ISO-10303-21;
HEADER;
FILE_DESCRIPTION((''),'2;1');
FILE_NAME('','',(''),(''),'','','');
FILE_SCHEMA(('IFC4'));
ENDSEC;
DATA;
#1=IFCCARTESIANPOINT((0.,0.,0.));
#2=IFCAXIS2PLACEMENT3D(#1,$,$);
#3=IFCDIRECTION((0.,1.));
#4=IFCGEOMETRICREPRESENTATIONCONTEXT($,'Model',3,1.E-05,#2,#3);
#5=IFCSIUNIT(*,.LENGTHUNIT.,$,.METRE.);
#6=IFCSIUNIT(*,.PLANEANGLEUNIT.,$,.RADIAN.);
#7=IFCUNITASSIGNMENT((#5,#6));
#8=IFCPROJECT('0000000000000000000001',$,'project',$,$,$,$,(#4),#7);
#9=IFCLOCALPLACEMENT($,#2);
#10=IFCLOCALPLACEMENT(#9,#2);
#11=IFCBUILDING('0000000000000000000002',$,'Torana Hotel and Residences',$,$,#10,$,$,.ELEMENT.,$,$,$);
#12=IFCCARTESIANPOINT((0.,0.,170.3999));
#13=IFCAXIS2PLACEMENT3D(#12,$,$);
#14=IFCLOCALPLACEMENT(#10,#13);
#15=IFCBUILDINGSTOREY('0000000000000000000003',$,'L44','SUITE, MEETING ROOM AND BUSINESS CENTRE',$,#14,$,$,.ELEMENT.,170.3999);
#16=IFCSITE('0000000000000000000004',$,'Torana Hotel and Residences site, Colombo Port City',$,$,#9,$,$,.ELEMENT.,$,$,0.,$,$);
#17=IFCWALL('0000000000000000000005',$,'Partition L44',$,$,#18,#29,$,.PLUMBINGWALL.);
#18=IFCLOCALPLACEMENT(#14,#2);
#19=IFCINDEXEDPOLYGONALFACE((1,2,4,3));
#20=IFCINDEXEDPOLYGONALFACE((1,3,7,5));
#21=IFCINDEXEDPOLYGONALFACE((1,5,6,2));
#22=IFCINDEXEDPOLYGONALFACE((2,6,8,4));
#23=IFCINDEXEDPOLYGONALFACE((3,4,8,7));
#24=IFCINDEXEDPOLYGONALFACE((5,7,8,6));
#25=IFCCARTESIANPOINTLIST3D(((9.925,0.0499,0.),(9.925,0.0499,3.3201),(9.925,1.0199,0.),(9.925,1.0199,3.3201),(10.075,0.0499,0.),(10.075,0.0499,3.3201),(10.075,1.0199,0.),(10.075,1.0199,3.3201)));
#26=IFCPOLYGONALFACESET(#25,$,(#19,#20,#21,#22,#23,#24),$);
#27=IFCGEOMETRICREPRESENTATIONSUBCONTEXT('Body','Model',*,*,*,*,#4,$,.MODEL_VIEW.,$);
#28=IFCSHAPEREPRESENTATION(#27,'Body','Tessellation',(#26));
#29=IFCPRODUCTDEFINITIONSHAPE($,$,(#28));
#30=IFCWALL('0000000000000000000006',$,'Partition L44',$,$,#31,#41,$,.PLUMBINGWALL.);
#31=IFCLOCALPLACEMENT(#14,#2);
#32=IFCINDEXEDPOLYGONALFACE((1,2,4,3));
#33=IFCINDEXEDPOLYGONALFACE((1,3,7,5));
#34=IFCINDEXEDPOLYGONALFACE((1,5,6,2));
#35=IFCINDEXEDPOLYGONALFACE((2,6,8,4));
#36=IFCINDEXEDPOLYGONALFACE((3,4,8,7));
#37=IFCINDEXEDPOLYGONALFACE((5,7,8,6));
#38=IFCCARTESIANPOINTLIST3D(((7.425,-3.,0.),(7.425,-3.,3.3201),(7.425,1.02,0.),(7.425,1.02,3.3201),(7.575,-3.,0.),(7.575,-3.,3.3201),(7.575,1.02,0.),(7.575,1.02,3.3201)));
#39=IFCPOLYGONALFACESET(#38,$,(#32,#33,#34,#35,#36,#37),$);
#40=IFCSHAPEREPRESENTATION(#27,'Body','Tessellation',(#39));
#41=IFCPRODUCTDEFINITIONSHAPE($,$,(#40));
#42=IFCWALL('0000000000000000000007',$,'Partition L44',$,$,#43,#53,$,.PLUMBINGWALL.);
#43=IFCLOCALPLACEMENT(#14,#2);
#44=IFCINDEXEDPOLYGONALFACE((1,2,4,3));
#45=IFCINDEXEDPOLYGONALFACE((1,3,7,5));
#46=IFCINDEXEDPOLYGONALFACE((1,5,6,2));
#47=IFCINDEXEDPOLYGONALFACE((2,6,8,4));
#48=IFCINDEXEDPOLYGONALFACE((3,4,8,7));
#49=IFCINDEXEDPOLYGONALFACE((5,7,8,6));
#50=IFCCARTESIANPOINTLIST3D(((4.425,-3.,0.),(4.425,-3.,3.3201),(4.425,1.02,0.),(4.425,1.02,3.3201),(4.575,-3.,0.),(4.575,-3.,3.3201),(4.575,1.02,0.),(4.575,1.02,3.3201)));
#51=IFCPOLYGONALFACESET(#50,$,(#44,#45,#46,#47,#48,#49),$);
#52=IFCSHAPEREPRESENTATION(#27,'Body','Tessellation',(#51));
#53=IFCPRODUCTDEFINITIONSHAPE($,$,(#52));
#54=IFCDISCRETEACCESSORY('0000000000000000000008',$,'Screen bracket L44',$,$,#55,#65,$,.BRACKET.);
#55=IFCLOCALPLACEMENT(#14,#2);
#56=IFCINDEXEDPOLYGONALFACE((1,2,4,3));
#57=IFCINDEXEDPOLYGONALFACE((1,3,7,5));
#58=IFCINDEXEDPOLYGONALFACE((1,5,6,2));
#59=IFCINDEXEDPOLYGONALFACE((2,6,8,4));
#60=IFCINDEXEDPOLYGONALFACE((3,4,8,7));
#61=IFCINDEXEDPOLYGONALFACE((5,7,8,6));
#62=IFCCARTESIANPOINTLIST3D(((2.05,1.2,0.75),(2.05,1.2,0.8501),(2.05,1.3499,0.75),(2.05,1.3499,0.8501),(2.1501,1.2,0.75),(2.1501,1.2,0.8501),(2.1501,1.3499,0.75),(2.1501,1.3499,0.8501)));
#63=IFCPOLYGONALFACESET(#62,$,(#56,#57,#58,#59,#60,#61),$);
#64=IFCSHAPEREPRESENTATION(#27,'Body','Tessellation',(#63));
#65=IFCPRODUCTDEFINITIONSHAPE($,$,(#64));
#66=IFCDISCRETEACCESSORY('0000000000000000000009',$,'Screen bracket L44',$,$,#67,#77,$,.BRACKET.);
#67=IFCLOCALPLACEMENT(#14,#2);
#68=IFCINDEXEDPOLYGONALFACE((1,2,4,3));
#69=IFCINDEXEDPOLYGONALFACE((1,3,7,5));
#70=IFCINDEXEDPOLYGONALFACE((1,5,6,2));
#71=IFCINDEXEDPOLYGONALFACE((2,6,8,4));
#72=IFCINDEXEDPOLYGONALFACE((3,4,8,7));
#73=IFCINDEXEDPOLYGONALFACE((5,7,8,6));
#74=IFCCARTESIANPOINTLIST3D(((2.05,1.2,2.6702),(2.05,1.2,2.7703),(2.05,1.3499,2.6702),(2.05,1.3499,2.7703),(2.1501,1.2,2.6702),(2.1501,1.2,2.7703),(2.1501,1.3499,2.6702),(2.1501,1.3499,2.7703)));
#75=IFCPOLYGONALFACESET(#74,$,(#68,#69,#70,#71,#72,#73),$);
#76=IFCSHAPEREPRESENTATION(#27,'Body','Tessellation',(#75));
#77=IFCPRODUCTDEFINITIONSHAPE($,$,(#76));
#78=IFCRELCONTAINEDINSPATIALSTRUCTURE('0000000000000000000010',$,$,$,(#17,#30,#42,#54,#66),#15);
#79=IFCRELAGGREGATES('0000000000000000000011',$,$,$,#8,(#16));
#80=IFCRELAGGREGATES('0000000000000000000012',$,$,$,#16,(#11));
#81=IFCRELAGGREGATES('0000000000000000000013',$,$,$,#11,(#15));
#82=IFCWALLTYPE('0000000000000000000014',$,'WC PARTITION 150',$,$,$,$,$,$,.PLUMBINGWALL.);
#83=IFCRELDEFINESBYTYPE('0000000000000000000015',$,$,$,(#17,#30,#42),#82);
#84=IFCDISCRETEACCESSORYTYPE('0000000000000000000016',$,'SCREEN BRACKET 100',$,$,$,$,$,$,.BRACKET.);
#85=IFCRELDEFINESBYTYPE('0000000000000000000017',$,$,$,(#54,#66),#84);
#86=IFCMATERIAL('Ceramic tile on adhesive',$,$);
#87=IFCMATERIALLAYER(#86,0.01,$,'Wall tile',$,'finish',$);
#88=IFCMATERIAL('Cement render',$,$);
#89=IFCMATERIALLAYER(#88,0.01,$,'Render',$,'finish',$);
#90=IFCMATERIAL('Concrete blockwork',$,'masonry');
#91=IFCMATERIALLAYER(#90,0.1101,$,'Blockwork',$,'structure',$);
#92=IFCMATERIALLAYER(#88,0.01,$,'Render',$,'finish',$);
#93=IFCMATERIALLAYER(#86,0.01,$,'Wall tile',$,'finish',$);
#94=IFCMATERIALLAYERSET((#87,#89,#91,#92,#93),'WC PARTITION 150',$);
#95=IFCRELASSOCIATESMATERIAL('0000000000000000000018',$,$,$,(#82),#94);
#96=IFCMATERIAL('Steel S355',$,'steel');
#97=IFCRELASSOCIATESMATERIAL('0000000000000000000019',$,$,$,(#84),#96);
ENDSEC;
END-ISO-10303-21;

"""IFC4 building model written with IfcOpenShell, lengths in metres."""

from ifc_helpers import new_model, si_unit, direction, frame, frame_2d, origin, origin_2d, place, context, subcontext, project, spatial, rectangle, extrude, material, layer, layer_set, type_object, element, save


model = new_model("IFC4")

# Units and contexts
model_context = context("Model", 3, precision=1e-05, world=origin(), true_north=direction((0.0, 1.0)))
body_context = subcontext(model_context, "Body", "Model", "MODEL_VIEW")
ifc_project = project(units=[si_unit("LENGTHUNIT", "METRE"), si_unit("PLANEANGLEUNIT", "RADIAN")], contexts=[model_context])

# Site, building, storey
site_placement = place(None, origin())
site = spatial("IfcSite", under=ifc_project, at=site_placement, Name="Torana Hotel and Residences site, Colombo Port City", CompositionType="ELEMENT", RefElevation=0.0)
building_placement = place(site_placement, origin())
building = spatial("IfcBuilding", under=site, at=building_placement, Name="Torana Hotel and Residences", CompositionType="ELEMENT")
storey_placement = place(building_placement, frame((0.0, 0.0, 170.3999)))
storey = spatial("IfcBuildingStorey", under=building, at=storey_placement, Name="L44", Description="SUITE, MEETING ROOM AND BUSINESS CENTRE", CompositionType="ELEMENT", Elevation=170.3999)

# Walls
ifc_material_1 = material(Name="Ceramic tile on adhesive")
ifc_layer_1 = layer(ifc_material_1, 0.01, Name="Wall tile", Category="finish")
ifc_material_2 = material(Name="Cement render")
ifc_layer_2 = layer(ifc_material_2, 0.01, Name="Render", Category="finish")
ifc_material_3 = material(Name="Concrete blockwork", Category="masonry")
ifc_layer_3 = layer(ifc_material_3, 0.1101, Name="Blockwork", Category="structure")
ifc_layer_4 = layer(ifc_material_2, 0.01, Name="Render", Category="finish")
ifc_layer_5 = layer(ifc_material_1, 0.01, Name="Wall tile", Category="finish")
ifc_layer_set_1 = layer_set([ifc_layer_1, ifc_layer_2, ifc_layer_3, ifc_layer_4, ifc_layer_5], Name="WC PARTITION 150")
wall_type_1 = type_object("IfcWallType", Name="WC PARTITION 150", PredefinedType="PLUMBINGWALL", material=ifc_layer_set_1)
wall_1_placement = place(storey_placement, frame((10.0, 0.05, 0.0), z_axis=(0.0, 0.0, 1.0), x_axis=(0.0, 1.0, 0.0)))
element("IfcWall", 1, at=wall_1_placement, inside=storey, type_object=wall_type_1, Name="Partition L44", PredefinedType="PLUMBINGWALL", context=body_context, shape_type="SweptSolid", body=[
    extrude(rectangle(XDim=0.97, YDim=0.1499, at=frame_2d((0.4849, 0.0))), origin(), (0.0, 0.0, 1.0), 3.3201),
])
for number, where, z_axis, x_axis, name in (
    (2, (7.5, -3.0, 0.0), (0.0, 0.0, 1.0), (0.0, 1.0, 0.0), "Partition L44"),
    (3, (4.5, -3.0, 0.0), (0.0, 0.0, 1.0), (0.0, 1.0, 0.0), "Partition L44"),
):
    element("IfcWall", number, at=place(storey_placement, frame(where, z_axis=z_axis, x_axis=x_axis)), inside=storey, type_object=wall_type_1, Name=name, PredefinedType="PLUMBINGWALL", context=body_context, shape_type="SweptSolid", body=[
        extrude(rectangle(XDim=4.02, YDim=0.1499, at=frame_2d((2.01, 0.0))), origin(), (0.0, 0.0, 1.0), 3.3201),
    ])

# Discrete accessories
ifc_material_4 = material(Name="Steel S355", Category="steel")
discrete_accessory_type = type_object("IfcDiscreteAccessoryType", Name="SCREEN BRACKET 100", PredefinedType="BRACKET", material=ifc_material_4)
for number, where, z_axis, x_axis, name in (
    (4, (2.1001, 1.2749, 0.75), (0.0, 0.0, 1.0), (-1.0, 0.0, 0.0), "Screen bracket L44"),
    (5, (2.1001, 1.2749, 2.6702), (0.0, 0.0, 1.0), (-1.0, 0.0, 0.0), "Screen bracket L44"),
):
    element("IfcDiscreteAccessory", number, at=place(storey_placement, frame(where, z_axis=z_axis, x_axis=x_axis)), inside=storey, type_object=discrete_accessory_type, Name=name, PredefinedType="BRACKET", context=body_context, shape_type="SweptSolid", body=[
        extrude(rectangle(XDim=0.1001, YDim=0.1499, at=origin_2d()), origin(), (0.0, 0.0, 1.0), 0.1001),
    ])

save(model, "model.ifc")
